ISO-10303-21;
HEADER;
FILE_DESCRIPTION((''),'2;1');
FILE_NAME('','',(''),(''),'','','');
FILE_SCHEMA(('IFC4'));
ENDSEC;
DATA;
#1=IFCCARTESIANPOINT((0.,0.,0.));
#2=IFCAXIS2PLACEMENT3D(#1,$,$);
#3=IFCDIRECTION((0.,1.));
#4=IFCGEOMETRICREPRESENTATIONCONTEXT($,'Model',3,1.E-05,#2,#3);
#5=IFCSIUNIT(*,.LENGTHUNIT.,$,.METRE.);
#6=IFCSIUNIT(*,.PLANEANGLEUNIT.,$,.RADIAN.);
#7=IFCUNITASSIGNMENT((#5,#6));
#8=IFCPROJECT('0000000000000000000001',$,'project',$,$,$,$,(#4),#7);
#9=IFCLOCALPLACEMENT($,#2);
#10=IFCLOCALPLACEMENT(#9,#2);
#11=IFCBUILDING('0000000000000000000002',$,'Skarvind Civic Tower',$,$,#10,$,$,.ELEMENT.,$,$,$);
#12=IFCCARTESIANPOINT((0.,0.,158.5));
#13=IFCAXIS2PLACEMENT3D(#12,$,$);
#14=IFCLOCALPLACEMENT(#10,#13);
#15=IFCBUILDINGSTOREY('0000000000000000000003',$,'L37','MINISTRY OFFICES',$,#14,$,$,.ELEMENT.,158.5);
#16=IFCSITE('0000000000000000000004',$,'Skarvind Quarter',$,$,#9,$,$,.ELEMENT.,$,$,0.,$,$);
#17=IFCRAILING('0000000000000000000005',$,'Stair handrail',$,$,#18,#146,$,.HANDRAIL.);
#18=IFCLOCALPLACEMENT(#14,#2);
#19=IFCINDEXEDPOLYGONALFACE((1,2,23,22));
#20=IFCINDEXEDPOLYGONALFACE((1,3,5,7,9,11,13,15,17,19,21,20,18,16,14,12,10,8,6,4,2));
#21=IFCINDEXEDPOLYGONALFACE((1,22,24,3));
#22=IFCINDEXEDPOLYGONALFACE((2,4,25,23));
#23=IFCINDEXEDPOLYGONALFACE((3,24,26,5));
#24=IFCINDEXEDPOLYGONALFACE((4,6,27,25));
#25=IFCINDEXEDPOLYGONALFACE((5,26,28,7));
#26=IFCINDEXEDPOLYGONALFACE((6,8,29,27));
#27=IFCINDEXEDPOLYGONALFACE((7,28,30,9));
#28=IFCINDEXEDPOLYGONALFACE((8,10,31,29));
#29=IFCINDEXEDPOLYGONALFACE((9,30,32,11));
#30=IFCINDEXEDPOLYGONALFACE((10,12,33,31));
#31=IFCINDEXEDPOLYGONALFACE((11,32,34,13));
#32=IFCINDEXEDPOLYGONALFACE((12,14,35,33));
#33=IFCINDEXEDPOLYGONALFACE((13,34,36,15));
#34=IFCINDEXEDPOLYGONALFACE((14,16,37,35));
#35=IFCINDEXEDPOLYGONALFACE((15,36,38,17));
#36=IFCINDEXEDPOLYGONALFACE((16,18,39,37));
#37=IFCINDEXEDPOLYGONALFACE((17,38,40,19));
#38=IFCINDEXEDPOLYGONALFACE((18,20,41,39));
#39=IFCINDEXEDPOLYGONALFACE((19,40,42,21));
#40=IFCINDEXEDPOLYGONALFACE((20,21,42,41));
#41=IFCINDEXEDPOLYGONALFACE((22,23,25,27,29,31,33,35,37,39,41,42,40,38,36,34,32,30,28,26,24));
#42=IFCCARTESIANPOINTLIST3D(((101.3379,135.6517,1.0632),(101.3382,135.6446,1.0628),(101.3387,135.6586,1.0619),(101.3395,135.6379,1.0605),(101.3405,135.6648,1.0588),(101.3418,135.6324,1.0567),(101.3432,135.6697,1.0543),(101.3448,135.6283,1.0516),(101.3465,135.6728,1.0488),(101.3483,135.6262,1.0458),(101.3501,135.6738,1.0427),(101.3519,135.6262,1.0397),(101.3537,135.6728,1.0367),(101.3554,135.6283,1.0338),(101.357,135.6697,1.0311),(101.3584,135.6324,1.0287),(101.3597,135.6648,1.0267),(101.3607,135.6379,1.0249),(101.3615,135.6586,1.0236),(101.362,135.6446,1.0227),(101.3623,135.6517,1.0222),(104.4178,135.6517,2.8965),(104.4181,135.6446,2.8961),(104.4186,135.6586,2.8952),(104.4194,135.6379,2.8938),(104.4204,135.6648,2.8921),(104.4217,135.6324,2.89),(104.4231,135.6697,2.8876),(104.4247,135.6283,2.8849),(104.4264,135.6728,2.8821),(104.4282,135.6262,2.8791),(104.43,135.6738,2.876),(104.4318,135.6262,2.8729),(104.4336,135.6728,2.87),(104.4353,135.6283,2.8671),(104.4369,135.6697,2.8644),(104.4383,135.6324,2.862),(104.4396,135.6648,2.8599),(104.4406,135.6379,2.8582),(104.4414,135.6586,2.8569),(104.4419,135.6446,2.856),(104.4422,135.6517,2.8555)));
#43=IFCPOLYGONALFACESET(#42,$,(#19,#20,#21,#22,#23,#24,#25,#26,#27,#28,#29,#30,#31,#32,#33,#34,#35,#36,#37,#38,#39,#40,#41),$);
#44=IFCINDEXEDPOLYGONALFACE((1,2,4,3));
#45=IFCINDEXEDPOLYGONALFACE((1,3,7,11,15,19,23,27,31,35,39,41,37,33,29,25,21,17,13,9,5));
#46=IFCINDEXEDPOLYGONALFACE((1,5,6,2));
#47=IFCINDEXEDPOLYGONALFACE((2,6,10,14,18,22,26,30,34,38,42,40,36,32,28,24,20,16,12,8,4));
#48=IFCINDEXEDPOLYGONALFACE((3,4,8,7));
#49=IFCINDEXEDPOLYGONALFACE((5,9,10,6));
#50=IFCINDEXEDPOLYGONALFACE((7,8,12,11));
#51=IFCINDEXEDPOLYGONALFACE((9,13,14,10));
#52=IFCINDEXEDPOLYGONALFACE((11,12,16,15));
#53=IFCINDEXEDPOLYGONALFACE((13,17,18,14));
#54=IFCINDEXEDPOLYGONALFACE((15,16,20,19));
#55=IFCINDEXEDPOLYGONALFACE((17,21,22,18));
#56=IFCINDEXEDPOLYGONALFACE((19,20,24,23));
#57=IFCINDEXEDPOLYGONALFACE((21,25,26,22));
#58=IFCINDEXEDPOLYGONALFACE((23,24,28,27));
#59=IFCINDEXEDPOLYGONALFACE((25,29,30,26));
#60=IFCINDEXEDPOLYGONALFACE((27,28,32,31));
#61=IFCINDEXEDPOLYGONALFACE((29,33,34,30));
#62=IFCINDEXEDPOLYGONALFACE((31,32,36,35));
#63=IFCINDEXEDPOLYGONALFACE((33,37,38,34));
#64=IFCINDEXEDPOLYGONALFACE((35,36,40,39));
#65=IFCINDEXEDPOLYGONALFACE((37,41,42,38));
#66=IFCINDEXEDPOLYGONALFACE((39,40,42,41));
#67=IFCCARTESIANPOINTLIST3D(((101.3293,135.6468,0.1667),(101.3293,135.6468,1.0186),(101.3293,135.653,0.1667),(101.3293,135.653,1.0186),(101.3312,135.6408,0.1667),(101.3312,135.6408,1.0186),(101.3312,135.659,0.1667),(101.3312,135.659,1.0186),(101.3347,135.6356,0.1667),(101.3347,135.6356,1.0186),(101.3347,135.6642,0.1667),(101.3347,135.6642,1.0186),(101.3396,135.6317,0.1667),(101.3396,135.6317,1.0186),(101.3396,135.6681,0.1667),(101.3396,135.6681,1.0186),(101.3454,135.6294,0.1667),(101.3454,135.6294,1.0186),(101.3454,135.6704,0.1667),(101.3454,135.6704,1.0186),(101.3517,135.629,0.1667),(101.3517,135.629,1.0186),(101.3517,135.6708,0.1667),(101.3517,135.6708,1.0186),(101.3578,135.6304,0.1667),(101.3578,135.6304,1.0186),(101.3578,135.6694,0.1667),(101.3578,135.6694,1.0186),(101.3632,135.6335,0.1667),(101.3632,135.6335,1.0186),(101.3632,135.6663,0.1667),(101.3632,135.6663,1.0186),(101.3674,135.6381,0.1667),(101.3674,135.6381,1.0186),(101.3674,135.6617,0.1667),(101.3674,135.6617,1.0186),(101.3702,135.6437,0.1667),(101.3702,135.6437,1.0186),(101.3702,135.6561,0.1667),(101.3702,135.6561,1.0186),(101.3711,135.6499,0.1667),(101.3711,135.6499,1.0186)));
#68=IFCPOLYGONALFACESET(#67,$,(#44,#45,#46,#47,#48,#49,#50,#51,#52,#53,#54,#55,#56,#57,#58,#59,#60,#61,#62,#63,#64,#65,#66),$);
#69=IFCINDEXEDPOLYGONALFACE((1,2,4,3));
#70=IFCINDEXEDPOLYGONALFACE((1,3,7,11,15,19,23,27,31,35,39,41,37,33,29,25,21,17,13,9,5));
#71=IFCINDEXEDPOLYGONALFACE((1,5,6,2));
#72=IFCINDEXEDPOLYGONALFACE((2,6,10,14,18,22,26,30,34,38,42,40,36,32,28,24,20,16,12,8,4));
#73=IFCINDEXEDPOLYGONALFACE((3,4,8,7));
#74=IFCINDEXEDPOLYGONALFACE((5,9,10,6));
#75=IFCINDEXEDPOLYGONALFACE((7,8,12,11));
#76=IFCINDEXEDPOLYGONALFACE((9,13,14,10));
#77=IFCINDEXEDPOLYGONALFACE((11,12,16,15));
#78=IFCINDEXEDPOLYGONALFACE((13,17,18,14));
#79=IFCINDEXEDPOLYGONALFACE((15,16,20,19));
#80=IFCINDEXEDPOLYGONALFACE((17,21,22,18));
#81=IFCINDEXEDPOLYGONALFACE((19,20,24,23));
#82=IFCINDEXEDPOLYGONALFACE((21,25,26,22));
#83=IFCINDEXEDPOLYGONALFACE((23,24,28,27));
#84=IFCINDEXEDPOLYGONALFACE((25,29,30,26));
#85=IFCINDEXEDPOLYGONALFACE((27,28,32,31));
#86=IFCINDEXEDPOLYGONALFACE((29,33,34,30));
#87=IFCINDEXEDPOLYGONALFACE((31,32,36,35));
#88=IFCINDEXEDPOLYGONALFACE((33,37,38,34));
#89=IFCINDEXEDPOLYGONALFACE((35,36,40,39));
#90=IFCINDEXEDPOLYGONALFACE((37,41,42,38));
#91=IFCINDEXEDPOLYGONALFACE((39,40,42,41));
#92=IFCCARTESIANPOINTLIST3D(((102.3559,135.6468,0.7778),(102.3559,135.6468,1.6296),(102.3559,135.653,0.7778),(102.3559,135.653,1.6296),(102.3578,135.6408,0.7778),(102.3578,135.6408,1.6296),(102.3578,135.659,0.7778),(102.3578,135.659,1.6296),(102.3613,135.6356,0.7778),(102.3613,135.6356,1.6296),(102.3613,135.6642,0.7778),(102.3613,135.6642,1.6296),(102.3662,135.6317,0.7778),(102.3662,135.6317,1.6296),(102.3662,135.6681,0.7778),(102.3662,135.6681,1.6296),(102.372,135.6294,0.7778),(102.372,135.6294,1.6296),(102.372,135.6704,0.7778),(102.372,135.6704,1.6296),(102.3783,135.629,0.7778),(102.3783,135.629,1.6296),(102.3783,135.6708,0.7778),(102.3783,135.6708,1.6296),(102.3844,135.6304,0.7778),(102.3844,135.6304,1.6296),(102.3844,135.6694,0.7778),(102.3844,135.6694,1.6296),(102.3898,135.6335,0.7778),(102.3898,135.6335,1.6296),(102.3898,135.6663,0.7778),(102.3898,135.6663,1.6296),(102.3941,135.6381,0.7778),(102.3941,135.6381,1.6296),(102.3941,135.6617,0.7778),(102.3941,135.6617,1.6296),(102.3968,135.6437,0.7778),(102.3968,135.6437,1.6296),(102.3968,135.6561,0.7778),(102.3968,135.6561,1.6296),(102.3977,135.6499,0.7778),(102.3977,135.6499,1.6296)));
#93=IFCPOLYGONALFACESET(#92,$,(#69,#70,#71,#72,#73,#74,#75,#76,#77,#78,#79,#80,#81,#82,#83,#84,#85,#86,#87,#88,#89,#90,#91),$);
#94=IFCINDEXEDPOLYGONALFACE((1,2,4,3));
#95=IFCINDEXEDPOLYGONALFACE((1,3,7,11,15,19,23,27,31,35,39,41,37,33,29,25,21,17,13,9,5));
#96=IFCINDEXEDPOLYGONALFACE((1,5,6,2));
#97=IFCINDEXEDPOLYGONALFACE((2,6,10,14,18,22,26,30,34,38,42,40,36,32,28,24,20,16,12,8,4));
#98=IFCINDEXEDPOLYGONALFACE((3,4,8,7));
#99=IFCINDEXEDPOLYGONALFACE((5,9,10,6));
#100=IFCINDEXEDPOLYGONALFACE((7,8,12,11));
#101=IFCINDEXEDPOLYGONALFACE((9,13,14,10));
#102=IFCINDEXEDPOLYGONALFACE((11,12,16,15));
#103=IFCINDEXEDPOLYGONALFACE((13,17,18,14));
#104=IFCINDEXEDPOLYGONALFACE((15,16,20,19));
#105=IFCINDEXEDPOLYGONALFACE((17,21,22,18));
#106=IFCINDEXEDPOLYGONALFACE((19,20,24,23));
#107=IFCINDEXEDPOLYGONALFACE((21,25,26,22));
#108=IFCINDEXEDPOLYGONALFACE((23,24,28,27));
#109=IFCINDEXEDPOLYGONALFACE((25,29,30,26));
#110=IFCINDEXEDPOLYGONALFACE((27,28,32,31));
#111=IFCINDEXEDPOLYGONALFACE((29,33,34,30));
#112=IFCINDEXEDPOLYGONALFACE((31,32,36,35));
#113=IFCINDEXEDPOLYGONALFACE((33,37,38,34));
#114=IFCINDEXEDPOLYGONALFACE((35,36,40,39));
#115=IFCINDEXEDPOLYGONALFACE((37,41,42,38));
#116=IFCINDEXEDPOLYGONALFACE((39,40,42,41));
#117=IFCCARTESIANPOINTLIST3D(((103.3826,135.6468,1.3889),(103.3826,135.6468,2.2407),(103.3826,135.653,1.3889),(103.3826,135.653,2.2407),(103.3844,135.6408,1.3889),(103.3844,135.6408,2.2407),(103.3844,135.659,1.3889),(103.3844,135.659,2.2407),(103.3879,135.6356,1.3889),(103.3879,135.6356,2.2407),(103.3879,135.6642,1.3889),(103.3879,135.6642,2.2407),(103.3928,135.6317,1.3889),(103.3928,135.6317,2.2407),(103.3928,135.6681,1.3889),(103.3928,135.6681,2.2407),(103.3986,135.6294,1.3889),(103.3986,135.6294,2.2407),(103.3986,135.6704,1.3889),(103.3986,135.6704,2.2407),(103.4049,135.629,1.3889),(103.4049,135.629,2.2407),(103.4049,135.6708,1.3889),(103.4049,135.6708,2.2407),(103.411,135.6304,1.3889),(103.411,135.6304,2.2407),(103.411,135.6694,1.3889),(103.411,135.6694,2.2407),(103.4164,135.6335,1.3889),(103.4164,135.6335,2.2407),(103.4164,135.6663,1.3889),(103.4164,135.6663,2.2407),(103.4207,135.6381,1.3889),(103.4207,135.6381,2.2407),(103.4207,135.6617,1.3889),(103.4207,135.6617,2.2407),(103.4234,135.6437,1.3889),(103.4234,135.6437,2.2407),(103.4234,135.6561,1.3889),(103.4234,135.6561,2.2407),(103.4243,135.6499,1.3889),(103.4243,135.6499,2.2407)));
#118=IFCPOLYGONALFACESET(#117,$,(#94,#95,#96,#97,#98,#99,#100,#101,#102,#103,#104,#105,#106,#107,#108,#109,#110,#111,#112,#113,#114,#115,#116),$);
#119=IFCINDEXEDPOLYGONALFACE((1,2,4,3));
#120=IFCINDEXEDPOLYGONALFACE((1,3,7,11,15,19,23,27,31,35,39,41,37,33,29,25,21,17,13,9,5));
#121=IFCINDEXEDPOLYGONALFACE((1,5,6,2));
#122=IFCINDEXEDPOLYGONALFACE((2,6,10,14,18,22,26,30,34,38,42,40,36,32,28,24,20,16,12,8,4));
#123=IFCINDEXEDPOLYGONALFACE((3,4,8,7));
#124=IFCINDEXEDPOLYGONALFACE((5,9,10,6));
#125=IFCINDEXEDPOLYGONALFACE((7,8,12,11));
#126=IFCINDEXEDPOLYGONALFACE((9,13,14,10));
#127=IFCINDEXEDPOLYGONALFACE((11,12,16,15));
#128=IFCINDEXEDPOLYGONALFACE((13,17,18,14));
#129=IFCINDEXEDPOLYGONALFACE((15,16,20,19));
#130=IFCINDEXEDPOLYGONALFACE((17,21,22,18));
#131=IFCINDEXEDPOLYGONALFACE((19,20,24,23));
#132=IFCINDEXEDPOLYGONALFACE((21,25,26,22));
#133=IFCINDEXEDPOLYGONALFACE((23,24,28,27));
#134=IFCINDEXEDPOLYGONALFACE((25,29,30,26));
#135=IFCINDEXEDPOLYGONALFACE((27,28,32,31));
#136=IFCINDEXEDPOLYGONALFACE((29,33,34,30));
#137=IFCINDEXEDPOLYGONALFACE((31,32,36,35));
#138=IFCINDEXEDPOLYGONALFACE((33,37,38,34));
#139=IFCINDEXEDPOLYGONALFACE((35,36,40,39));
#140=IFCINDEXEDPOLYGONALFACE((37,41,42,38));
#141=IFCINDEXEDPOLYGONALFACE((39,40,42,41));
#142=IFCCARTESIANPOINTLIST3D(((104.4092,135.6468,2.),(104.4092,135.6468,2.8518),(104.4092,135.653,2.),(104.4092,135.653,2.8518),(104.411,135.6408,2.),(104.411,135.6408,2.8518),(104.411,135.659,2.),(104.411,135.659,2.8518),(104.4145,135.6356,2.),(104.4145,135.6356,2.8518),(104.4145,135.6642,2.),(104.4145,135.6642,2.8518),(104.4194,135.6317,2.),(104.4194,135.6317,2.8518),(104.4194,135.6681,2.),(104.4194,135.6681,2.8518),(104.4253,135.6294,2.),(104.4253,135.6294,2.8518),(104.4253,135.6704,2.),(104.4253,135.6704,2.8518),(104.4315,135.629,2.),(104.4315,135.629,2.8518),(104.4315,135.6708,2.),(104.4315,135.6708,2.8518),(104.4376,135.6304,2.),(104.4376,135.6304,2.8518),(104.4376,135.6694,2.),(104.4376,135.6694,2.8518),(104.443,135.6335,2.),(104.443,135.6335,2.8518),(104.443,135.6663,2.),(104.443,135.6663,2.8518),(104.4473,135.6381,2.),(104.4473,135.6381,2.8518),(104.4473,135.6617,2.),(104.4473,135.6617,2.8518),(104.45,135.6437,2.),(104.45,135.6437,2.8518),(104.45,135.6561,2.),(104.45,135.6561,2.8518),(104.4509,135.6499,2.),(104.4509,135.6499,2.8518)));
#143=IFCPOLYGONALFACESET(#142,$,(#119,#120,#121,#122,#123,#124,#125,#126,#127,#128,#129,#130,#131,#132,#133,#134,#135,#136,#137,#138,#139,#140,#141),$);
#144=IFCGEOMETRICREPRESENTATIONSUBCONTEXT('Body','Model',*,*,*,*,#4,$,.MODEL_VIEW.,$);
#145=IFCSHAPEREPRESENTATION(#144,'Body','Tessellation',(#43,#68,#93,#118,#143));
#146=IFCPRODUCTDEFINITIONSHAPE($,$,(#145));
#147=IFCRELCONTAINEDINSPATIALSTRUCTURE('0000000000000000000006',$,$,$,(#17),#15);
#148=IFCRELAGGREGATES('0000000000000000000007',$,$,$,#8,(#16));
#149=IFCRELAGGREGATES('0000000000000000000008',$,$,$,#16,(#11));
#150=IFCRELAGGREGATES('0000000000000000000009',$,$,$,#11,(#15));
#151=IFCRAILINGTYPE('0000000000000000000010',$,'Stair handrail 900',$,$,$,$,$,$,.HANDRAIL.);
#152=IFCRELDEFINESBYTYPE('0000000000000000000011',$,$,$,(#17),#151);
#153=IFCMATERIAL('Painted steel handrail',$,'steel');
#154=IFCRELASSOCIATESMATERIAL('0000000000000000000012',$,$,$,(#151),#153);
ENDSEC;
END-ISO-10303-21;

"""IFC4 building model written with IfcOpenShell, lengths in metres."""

from ifc_helpers import new_model, si_unit, direction, frame, origin, origin_2d, place, context, subcontext, project, spatial, circle, extrude, material, type_object, element, save


model = new_model("IFC4")

# Units and contexts
model_context = context("Model", 3, precision=1e-05, world=origin(), true_north=direction((0.0, 1.0)))
body_context = subcontext(model_context, "Body", "Model", "MODEL_VIEW")
ifc_project = project(units=[si_unit("LENGTHUNIT", "METRE"), si_unit("PLANEANGLEUNIT", "RADIAN")], contexts=[model_context])

# Site, building, storey
site_placement = place(None, origin())
site = spatial("IfcSite", under=ifc_project, at=site_placement, Name="Skarvind Quarter", CompositionType="ELEMENT", RefElevation=0.0)
building_placement = place(site_placement, origin())
building = spatial("IfcBuilding", under=site, at=building_placement, Name="Skarvind Civic Tower", CompositionType="ELEMENT")
storey_placement = place(building_placement, frame((0.0, 0.0, 158.5)))
storey = spatial("IfcBuildingStorey", under=building, at=storey_placement, Name="L37", Description="MINISTRY OFFICES", CompositionType="ELEMENT", Elevation=158.5)

# Railing
ifc_material_1 = material(Name="Painted steel handrail", Category="steel")
railing_type = type_object("IfcRailingType", Name="Stair handrail 900", PredefinedType="HANDRAIL", material=ifc_material_1)
railing_1_placement = place(storey_placement, frame((101.3501, 135.6499, 0.1667)))
element("IfcRailing", 1, at=railing_1_placement, inside=storey, type_object=railing_type, Name="Stair handrail", PredefinedType="HANDRAIL", context=body_context, shape_type="SweptSolid", body=[
    extrude(circle(Radius=0.0239, at=origin_2d()), frame((0.0, 0.0, 0.876), z_axis=(0.859291, 0.0, 0.511487), x_axis=(0.0, 1.0, 0.0)), (0.0, 0.0, 1.0), 3.5842),
    extrude(circle(Radius=0.021, at=origin_2d()), origin(), (0.0, 0.0, 1.0), 0.8518),
    extrude(circle(Radius=0.021, at=origin_2d()), frame((1.0266, 0.0, 0.6111)), (0.0, 0.0, 1.0), 0.8518),
    extrude(circle(Radius=0.021, at=origin_2d()), frame((2.0532, 0.0, 1.2222)), (0.0, 0.0, 1.0), 0.8518),
    extrude(circle(Radius=0.021, at=origin_2d()), frame((3.0798, 0.0, 1.8333)), (0.0, 0.0, 1.0), 0.8518),
])

save(model, "model.ifc")
